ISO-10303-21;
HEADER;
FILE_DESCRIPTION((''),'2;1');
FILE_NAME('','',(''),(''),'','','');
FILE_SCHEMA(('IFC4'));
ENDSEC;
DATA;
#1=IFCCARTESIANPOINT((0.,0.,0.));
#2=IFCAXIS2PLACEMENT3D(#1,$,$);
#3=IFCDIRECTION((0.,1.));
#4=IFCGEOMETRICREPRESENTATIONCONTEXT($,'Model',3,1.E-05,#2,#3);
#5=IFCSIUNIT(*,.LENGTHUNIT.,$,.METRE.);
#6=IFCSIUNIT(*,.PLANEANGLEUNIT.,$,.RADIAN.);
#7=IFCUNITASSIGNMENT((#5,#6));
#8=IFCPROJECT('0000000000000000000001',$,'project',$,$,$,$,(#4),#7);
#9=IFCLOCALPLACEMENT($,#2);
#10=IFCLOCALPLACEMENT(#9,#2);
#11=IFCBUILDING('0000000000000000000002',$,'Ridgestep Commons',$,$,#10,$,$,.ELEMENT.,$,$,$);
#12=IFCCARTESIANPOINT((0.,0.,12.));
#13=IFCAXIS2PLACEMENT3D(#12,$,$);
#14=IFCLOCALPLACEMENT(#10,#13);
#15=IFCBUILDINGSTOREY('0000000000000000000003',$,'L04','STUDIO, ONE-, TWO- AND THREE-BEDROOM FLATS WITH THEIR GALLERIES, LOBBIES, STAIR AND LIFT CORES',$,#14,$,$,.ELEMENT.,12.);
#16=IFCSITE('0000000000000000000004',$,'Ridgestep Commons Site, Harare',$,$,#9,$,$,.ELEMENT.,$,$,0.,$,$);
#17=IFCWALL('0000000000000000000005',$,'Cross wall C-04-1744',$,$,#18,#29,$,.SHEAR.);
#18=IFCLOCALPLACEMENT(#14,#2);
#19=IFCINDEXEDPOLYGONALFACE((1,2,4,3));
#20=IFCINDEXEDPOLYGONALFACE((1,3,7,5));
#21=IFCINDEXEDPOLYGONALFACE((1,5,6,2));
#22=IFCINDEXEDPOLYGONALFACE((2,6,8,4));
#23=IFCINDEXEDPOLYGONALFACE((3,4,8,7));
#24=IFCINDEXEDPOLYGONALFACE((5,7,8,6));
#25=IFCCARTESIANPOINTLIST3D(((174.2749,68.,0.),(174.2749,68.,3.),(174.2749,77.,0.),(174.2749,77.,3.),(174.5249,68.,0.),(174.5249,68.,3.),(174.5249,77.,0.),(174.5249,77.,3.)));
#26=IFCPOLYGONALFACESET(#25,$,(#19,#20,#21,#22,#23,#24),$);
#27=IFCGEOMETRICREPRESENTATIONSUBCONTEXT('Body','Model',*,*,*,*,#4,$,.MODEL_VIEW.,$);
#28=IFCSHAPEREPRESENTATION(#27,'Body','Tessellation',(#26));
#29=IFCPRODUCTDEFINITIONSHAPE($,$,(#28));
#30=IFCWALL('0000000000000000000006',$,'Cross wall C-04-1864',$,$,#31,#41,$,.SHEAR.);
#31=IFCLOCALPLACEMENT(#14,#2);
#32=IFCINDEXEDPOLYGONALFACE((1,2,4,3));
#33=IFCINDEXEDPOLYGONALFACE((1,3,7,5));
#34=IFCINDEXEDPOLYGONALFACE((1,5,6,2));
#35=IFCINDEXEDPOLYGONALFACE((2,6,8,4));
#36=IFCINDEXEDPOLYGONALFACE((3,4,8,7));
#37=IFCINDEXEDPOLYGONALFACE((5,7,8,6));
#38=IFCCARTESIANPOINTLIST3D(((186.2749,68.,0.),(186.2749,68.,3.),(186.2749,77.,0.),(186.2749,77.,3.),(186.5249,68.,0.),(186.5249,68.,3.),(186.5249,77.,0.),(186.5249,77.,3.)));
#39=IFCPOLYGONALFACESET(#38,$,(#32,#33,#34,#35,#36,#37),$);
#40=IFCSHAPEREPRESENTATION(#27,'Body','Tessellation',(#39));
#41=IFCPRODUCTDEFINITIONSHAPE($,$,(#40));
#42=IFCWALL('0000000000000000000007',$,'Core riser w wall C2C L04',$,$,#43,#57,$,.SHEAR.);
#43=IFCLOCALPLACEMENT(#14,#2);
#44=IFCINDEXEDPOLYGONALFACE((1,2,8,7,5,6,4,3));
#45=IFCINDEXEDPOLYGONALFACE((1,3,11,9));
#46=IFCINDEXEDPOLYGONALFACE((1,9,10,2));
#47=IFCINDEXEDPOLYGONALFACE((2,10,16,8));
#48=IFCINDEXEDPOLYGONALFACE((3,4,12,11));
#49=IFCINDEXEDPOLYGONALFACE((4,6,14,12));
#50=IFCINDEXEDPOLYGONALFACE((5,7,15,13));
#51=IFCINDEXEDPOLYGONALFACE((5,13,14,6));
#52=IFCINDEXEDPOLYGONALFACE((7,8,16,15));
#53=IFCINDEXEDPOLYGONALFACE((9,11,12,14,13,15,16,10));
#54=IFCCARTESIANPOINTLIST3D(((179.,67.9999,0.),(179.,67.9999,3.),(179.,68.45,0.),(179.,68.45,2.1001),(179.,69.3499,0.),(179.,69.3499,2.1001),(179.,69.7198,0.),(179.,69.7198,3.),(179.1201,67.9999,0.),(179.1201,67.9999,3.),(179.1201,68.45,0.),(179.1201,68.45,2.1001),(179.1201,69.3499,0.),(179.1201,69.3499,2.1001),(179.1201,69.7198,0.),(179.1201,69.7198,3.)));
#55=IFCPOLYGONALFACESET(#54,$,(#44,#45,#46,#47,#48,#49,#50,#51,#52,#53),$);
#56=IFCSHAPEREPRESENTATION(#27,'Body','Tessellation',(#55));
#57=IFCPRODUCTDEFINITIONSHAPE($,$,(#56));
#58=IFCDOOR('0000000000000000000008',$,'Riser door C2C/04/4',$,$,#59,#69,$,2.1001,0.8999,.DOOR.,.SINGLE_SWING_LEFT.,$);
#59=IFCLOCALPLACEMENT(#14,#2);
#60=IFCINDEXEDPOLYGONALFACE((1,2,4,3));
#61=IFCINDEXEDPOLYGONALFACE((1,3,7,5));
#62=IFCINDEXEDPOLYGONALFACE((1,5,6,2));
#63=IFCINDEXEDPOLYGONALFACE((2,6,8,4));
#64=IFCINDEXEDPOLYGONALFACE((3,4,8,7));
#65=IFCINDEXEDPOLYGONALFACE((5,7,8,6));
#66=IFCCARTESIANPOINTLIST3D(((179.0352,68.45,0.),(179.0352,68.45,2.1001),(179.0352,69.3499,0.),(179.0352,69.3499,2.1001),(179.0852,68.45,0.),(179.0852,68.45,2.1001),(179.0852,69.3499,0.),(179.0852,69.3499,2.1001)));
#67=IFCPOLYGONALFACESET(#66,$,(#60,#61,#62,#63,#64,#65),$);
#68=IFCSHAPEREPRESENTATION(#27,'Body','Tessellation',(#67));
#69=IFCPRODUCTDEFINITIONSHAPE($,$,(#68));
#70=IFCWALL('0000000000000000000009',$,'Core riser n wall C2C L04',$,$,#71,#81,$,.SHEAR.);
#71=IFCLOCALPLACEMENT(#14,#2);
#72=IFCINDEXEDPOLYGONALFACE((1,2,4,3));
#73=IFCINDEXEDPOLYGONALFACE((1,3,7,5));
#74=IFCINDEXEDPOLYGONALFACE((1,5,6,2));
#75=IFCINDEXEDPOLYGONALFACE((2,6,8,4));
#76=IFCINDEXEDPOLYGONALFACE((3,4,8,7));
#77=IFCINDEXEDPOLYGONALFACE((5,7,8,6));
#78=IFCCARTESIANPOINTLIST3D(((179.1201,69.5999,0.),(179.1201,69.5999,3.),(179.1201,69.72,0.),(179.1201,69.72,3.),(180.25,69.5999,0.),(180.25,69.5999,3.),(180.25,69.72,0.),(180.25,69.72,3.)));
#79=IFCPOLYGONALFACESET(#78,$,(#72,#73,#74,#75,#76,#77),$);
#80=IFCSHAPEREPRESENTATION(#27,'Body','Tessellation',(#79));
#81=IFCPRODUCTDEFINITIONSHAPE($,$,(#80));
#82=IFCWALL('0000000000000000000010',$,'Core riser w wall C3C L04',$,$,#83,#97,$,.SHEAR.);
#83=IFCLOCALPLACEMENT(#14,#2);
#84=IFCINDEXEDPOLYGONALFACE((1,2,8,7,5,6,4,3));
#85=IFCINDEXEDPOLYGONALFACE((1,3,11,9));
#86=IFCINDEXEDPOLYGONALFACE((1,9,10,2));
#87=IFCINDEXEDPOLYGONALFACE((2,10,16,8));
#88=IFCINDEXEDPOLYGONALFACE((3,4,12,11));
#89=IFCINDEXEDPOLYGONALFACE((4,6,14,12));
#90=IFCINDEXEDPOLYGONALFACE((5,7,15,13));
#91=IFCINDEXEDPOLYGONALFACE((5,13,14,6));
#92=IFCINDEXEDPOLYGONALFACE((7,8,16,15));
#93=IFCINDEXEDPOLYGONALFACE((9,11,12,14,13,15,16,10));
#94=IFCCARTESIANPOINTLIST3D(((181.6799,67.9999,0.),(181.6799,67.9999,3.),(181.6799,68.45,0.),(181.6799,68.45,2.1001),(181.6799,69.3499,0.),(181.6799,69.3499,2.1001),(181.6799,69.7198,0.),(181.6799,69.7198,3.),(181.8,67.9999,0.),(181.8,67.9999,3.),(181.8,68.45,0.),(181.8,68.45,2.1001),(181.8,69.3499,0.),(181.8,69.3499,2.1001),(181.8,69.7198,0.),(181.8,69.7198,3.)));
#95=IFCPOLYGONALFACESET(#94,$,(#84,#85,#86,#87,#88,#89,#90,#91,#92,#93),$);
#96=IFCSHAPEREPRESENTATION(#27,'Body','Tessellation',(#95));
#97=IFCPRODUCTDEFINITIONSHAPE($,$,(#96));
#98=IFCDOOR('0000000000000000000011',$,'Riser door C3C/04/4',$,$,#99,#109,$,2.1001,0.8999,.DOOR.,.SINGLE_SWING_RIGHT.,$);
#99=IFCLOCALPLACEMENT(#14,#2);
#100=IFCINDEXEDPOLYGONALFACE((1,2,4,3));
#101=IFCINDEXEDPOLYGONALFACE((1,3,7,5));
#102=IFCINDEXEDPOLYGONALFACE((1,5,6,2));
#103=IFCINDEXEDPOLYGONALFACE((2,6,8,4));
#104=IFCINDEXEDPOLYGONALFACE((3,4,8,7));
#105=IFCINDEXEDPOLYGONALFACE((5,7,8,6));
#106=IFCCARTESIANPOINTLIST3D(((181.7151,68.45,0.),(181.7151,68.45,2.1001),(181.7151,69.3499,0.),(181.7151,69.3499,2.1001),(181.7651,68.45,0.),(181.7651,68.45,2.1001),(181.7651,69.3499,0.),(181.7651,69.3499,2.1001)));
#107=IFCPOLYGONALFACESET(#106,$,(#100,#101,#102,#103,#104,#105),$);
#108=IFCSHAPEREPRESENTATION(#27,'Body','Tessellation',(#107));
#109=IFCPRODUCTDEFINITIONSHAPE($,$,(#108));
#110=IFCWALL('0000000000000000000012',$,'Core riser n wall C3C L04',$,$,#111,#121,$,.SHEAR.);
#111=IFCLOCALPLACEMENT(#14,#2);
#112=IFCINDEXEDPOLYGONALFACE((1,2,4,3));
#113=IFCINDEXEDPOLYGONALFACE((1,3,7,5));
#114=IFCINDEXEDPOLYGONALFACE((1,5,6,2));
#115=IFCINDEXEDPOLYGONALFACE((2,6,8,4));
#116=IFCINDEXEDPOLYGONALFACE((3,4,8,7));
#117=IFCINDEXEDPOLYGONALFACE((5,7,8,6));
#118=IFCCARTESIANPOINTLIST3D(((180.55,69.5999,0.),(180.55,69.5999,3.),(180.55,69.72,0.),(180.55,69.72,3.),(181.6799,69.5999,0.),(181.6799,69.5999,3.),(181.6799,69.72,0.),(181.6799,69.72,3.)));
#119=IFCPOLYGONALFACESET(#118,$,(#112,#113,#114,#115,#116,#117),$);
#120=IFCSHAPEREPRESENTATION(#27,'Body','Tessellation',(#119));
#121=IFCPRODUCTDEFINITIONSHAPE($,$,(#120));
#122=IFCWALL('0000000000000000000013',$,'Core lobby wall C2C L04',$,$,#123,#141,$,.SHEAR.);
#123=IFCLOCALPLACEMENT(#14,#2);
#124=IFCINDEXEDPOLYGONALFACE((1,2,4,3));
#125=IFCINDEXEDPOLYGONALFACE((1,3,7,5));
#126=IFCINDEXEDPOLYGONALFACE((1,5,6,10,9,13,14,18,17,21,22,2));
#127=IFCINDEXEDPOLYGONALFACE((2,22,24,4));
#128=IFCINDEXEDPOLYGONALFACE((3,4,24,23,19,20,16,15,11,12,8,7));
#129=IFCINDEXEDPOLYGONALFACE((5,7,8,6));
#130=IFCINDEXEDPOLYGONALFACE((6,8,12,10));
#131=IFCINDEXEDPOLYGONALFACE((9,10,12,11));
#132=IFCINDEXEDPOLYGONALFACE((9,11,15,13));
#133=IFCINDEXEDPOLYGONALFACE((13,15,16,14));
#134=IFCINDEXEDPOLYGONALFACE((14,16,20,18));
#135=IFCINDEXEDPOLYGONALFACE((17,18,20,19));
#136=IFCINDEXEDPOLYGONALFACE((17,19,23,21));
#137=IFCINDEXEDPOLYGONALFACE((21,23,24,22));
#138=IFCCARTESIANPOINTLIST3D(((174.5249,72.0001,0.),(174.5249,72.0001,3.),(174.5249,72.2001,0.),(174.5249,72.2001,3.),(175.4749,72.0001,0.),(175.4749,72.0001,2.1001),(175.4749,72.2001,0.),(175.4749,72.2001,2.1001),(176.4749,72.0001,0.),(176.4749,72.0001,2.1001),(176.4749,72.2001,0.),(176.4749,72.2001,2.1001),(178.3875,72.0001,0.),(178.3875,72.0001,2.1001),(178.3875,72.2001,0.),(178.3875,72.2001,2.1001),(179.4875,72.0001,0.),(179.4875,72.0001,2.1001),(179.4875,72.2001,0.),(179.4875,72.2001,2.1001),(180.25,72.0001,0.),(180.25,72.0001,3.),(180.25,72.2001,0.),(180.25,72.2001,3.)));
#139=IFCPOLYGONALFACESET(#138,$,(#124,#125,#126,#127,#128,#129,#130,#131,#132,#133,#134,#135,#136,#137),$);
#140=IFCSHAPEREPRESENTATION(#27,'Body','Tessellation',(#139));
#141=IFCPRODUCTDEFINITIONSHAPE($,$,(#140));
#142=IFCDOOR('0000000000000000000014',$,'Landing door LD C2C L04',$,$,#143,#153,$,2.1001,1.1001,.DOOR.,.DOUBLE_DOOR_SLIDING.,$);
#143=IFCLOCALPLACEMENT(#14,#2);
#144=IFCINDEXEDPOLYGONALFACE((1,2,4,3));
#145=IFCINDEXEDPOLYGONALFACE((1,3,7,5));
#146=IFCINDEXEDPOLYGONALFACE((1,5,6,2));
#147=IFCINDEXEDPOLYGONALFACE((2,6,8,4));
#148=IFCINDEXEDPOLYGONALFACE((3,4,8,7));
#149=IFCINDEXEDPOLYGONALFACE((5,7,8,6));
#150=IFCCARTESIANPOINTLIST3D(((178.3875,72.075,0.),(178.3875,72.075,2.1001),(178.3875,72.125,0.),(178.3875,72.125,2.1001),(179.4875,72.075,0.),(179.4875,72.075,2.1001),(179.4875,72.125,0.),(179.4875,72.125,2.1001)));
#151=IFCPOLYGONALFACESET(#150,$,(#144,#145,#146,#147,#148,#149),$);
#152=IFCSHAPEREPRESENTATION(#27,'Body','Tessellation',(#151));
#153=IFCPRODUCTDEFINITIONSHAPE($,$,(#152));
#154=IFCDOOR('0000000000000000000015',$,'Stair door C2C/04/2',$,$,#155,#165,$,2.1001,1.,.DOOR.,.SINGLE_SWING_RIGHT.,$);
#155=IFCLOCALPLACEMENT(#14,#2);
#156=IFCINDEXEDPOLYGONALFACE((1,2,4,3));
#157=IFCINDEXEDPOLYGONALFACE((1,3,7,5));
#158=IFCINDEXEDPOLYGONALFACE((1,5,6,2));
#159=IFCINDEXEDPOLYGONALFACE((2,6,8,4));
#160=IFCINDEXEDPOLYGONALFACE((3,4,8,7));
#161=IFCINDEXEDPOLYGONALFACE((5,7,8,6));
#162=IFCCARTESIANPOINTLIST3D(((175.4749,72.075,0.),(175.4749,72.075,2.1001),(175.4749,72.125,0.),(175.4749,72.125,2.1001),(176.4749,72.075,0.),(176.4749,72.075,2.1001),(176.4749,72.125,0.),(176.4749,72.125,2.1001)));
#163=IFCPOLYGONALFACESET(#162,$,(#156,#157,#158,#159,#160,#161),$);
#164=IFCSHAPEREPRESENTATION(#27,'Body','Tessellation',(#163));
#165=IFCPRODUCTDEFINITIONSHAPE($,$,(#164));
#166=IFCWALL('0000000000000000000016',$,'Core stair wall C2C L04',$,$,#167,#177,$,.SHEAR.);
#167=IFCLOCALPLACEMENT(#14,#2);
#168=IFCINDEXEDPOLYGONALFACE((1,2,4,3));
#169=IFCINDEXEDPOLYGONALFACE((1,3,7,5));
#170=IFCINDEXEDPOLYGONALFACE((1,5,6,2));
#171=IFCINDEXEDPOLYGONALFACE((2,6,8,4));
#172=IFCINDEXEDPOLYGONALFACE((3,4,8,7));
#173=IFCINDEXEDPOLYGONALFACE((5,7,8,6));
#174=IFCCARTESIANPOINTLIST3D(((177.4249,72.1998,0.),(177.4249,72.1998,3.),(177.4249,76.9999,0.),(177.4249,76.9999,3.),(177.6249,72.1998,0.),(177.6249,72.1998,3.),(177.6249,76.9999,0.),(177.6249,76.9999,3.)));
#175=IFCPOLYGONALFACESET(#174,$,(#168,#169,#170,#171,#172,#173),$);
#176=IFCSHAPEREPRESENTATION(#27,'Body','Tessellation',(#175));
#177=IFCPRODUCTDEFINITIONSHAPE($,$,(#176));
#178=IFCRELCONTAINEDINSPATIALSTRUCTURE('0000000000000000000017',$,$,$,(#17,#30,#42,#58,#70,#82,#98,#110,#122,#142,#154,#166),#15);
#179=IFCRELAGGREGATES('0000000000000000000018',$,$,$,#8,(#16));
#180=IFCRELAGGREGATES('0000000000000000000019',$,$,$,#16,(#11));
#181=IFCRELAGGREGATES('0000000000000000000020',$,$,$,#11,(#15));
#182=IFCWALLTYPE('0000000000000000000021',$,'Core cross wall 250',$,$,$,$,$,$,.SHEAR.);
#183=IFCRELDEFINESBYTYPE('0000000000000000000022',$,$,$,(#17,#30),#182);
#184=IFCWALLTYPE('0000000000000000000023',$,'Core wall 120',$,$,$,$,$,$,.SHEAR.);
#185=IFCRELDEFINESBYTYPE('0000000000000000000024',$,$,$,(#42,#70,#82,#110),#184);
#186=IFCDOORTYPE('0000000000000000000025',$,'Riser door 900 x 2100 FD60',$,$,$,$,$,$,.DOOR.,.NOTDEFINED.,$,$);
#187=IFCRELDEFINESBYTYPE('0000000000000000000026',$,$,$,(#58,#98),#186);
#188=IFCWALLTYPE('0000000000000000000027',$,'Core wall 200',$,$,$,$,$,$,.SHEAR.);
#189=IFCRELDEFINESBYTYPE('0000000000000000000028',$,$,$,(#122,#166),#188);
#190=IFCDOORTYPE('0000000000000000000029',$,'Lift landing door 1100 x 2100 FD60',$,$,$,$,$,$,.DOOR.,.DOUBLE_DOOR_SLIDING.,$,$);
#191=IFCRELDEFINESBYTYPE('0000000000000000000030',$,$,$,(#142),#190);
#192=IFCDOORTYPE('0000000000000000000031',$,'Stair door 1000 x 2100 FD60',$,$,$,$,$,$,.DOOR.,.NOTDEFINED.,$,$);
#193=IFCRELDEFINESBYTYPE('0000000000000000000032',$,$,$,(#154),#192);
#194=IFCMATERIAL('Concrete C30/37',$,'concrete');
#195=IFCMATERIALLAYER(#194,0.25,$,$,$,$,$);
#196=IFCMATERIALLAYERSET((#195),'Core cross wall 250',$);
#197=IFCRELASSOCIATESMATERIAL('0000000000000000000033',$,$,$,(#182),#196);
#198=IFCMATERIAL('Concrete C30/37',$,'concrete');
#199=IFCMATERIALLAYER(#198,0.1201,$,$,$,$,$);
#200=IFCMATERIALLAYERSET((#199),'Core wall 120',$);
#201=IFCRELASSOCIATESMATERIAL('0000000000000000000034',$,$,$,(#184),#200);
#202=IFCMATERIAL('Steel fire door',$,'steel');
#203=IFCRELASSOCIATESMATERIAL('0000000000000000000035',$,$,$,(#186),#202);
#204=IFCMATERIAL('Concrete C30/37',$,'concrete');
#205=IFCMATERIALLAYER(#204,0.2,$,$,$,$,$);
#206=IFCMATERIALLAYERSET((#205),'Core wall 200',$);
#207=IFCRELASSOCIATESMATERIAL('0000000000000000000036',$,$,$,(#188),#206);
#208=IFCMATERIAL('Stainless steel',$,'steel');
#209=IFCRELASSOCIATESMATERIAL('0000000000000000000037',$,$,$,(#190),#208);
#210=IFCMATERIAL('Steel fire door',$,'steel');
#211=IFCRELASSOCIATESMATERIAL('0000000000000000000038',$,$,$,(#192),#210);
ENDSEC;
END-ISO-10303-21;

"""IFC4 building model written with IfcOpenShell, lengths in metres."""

from ifc_helpers import new_model, si_unit, direction, frame, frame_2d, origin, place, context, subcontext, project, spatial, rectangle, extrude, material, layer, layer_set, type_object, element, fill, save


model = new_model("IFC4")

# Units and contexts
model_context = context("Model", 3, precision=1e-05, world=origin(), true_north=direction((0.0, 1.0)))
body_context = subcontext(model_context, "Body", "Model", "MODEL_VIEW")
ifc_project = project(units=[si_unit("LENGTHUNIT", "METRE"), si_unit("PLANEANGLEUNIT", "RADIAN")], contexts=[model_context])

# Site, building, storey
site_placement = place(None, origin())
site = spatial("IfcSite", under=ifc_project, at=site_placement, Name="Ridgestep Commons Site, Harare", CompositionType="ELEMENT", RefElevation=0.0)
building_placement = place(site_placement, origin())
building = spatial("IfcBuilding", under=site, at=building_placement, Name="Ridgestep Commons", CompositionType="ELEMENT")
storey_placement = place(building_placement, frame((0.0, 0.0, 12.0)))
storey = spatial("IfcBuildingStorey", under=building, at=storey_placement, Name="L04", Description="STUDIO, ONE-, TWO- AND THREE-BEDROOM FLATS WITH THEIR GALLERIES, LOBBIES, STAIR AND LIFT CORES", CompositionType="ELEMENT", Elevation=12.0)

# Walls
ifc_material_1 = material(Name="Concrete C30/37", Category="concrete")
ifc_layer_1 = layer(ifc_material_1, 0.25)
ifc_layer_set_1 = layer_set([ifc_layer_1], Name="Core cross wall 250")
wall_type_1 = type_object("IfcWallType", Name="Core cross wall 250", PredefinedType="SHEAR", material=ifc_layer_set_1)
for number, where, z_axis, x_axis, name in (
    (1, (174.3999, 68.0, 0.0), (0.0, 0.0, 1.0), (0.0, 1.0, 0.0), "Cross wall C-04-1744"),
    (2, (186.3999, 68.0, 0.0), (0.0, 0.0, 1.0), (0.0, 1.0, 0.0), "Cross wall C-04-1864"),
):
    element("IfcWall", number, at=place(storey_placement, frame(where, z_axis=z_axis, x_axis=x_axis)), inside=storey, type_object=wall_type_1, Name=name, PredefinedType="SHEAR", context=body_context, shape_type="SweptSolid", body=[
        extrude(rectangle(XDim=9.0, YDim=0.25, at=frame_2d((4.5, 0.0))), origin(), (0.0, 0.0, 1.0), 3.0),
    ])

# Wall, opening, door
ifc_material_2 = material(Name="Concrete C30/37", Category="concrete")
ifc_layer_2 = layer(ifc_material_2, 0.1201)
ifc_layer_set_2 = layer_set([ifc_layer_2], Name="Core wall 120")
wall_type_2 = type_object("IfcWallType", Name="Core wall 120", PredefinedType="SHEAR", material=ifc_layer_set_2)
wall_1_placement = place(storey_placement, frame((179.0601, 68.0, 0.0), z_axis=(0.0, 0.0, 1.0), x_axis=(0.0, 1.0, 0.0)))
wall_1 = element("IfcWall", 3, at=wall_1_placement, inside=storey, type_object=wall_type_2, Name="Core riser w wall C2C L04", PredefinedType="SHEAR", context=body_context, shape_type="SweptSolid", body=[
    extrude(rectangle(XDim=1.72, YDim=0.1201, at=frame_2d((0.8599, 0.0))), origin(), (0.0, 0.0, 1.0), 3.0),
])
opening_1_placement = place(wall_1_placement, frame((0.45, 0.0, 0.0)))
opening_1 = element("IfcOpeningElement", 4, at=opening_1_placement, cuts=wall_1, PredefinedType="OPENING", context=body_context, shape_type="SweptSolid", body=[
    extrude(rectangle(XDim=0.8999, YDim=2.1001, at=frame_2d((0.45, 1.05))), frame((0.0, 0.0701, 0.0), z_axis=(0.0, -1.0, 0.0), x_axis=(1.0, 0.0, 0.0)), (0.0, 0.0, 1.0), 0.1401),
])
ifc_material_3 = material(Name="Steel fire door", Category="steel")
door_type_1 = type_object("IfcDoorType", Name="Riser door 900 x 2100 FD60", OperationType="NOTDEFINED", PredefinedType="DOOR", material=ifc_material_3)
door_1_placement = place(opening_1_placement, origin())
door_1 = element("IfcDoor", 5, at=door_1_placement, inside=storey, type_object=door_type_1, Name="Riser door C2C/04/4", OperationType="SINGLE_SWING_LEFT", OverallHeight=2.1001, OverallWidth=0.8999, PredefinedType="DOOR", context=body_context, shape_type="SweptSolid", body=[
    extrude(rectangle(XDim=0.8999, YDim=2.1001, at=frame_2d((0.45, 1.05))), frame((0.0, 0.0249, 0.0), z_axis=(0.0, -1.0, 0.0), x_axis=(1.0, 0.0, 0.0)), (0.0, 0.0, 1.0), 0.05),
])
fill(opening_1, door_1)

# Wall
wall_2_placement = place(storey_placement, frame((179.1201, 69.6599, 0.0), z_axis=(0.0, 0.0, 1.0), x_axis=(1.0, 0.0, 0.0)))
element("IfcWall", 6, at=wall_2_placement, inside=storey, type_object=wall_type_2, Name="Core riser n wall C2C L04", PredefinedType="SHEAR", context=body_context, shape_type="SweptSolid", body=[
    extrude(rectangle(XDim=1.1299, YDim=0.1201, at=frame_2d((0.5649, 0.0))), origin(), (0.0, 0.0, 1.0), 3.0),
])

# Wall, opening, door
wall_3_placement = place(storey_placement, frame((181.74, 68.0, 0.0), z_axis=(0.0, 0.0, 1.0), x_axis=(0.0, 1.0, 0.0)))
wall_3 = element("IfcWall", 7, at=wall_3_placement, inside=storey, type_object=wall_type_2, Name="Core riser w wall C3C L04", PredefinedType="SHEAR", context=body_context, shape_type="SweptSolid", body=[
    extrude(rectangle(XDim=1.72, YDim=0.1201, at=frame_2d((0.8599, 0.0))), origin(), (0.0, 0.0, 1.0), 3.0),
])
opening_2_placement = place(wall_3_placement, frame((0.45, 0.0, 0.0)))
opening_2 = element("IfcOpeningElement", 8, at=opening_2_placement, cuts=wall_3, PredefinedType="OPENING", context=body_context, shape_type="SweptSolid", body=[
    extrude(rectangle(XDim=0.8999, YDim=2.1001, at=frame_2d((0.45, 1.05))), frame((0.0, 0.0701, 0.0), z_axis=(0.0, -1.0, 0.0), x_axis=(1.0, 0.0, 0.0)), (0.0, 0.0, 1.0), 0.1401),
])
door_2_placement = place(opening_2_placement, origin())
door_2 = element("IfcDoor", 9, at=door_2_placement, inside=storey, type_object=door_type_1, Name="Riser door C3C/04/4", OperationType="SINGLE_SWING_RIGHT", OverallHeight=2.1001, OverallWidth=0.8999, PredefinedType="DOOR", context=body_context, shape_type="SweptSolid", body=[
    extrude(rectangle(XDim=0.8999, YDim=2.1001, at=frame_2d((0.45, 1.05))), frame((0.0, 0.0249, 0.0), z_axis=(0.0, -1.0, 0.0), x_axis=(1.0, 0.0, 0.0)), (0.0, 0.0, 1.0), 0.05),
])
fill(opening_2, door_2)

# Wall
wall_4_placement = place(storey_placement, frame((180.55, 69.6599, 0.0), z_axis=(0.0, 0.0, 1.0), x_axis=(1.0, 0.0, 0.0)))
element("IfcWall", 10, at=wall_4_placement, inside=storey, type_object=wall_type_2, Name="Core riser n wall C3C L04", PredefinedType="SHEAR", context=body_context, shape_type="SweptSolid", body=[
    extrude(rectangle(XDim=1.1299, YDim=0.1201, at=frame_2d((0.5649, 0.0))), origin(), (0.0, 0.0, 1.0), 3.0),
])

# Wall, openings, doors
ifc_material_4 = material(Name="Concrete C30/37", Category="concrete")
ifc_layer_3 = layer(ifc_material_4, 0.2)
ifc_layer_set_3 = layer_set([ifc_layer_3], Name="Core wall 200")
wall_type_3 = type_object("IfcWallType", Name="Core wall 200", PredefinedType="SHEAR", material=ifc_layer_set_3)
wall_5_placement = place(storey_placement, frame((174.5249, 72.1001, 0.0), z_axis=(0.0, 0.0, 1.0), x_axis=(1.0, 0.0, 0.0)))
wall_5 = element("IfcWall", 11, at=wall_5_placement, inside=storey, type_object=wall_type_3, Name="Core lobby wall C2C L04", PredefinedType="SHEAR", context=body_context, shape_type="SweptSolid", body=[
    extrude(rectangle(XDim=5.7251, YDim=0.2, at=frame_2d((2.8625, 0.0))), origin(), (0.0, 0.0, 1.0), 3.0),
])
opening_3_placement = place(wall_5_placement, frame((0.95, 0.0, 0.0)))
opening_3 = element("IfcOpeningElement", 12, at=opening_3_placement, cuts=wall_5, PredefinedType="OPENING", context=body_context, shape_type="SweptSolid", body=[
    extrude(rectangle(XDim=1.0, YDim=2.1001, at=frame_2d((0.5, 1.05))), frame((0.0, 0.1099, 0.0), z_axis=(0.0, -1.0, 0.0), x_axis=(1.0, 0.0, 0.0)), (0.0, 0.0, 1.0), 0.22),
])
opening_4_placement = place(wall_5_placement, frame((3.8625, 0.0, 0.0)))
opening_4 = element("IfcOpeningElement", 13, at=opening_4_placement, cuts=wall_5, PredefinedType="OPENING", context=body_context, shape_type="SweptSolid", body=[
    extrude(rectangle(XDim=1.1001, YDim=2.1001, at=frame_2d((0.55, 1.05))), frame((0.0, 0.1099, 0.0), z_axis=(0.0, -1.0, 0.0), x_axis=(1.0, 0.0, 0.0)), (0.0, 0.0, 1.0), 0.22),
])
ifc_material_5 = material(Name="Stainless steel", Category="steel")
door_type_2 = type_object("IfcDoorType", Name="Lift landing door 1100 x 2100 FD60", OperationType="DOUBLE_DOOR_SLIDING", PredefinedType="DOOR", material=ifc_material_5)
door_3_placement = place(opening_4_placement, origin())
door_3 = element("IfcDoor", 14, at=door_3_placement, inside=storey, type_object=door_type_2, Name="Landing door LD C2C L04", OperationType="DOUBLE_DOOR_SLIDING", OverallHeight=2.1001, OverallWidth=1.1001, PredefinedType="DOOR", context=body_context, shape_type="SweptSolid", body=[
    extrude(rectangle(XDim=1.1001, YDim=2.1001, at=frame_2d((0.55, 1.05))), frame((0.0, 0.0249, 0.0), z_axis=(0.0, -1.0, 0.0), x_axis=(1.0, 0.0, 0.0)), (0.0, 0.0, 1.0), 0.05),
])
fill(opening_4, door_3)
ifc_material_6 = material(Name="Steel fire door", Category="steel")
door_type_3 = type_object("IfcDoorType", Name="Stair door 1000 x 2100 FD60", OperationType="NOTDEFINED", PredefinedType="DOOR", material=ifc_material_6)
door_4_placement = place(opening_3_placement, origin())
door_4 = element("IfcDoor", 15, at=door_4_placement, inside=storey, type_object=door_type_3, Name="Stair door C2C/04/2", OperationType="SINGLE_SWING_RIGHT", OverallHeight=2.1001, OverallWidth=1.0, PredefinedType="DOOR", context=body_context, shape_type="SweptSolid", body=[
    extrude(rectangle(XDim=1.0, YDim=2.1001, at=frame_2d((0.5, 1.05))), frame((0.0, 0.0249, 0.0), z_axis=(0.0, -1.0, 0.0), x_axis=(1.0, 0.0, 0.0)), (0.0, 0.0, 1.0), 0.05),
])
fill(opening_3, door_4)

# Wall
wall_6_placement = place(storey_placement, frame((177.5249, 72.2, 0.0), z_axis=(0.0, 0.0, 1.0), x_axis=(0.0, 1.0, 0.0)))
element("IfcWall", 16, at=wall_6_placement, inside=storey, type_object=wall_type_3, Name="Core stair wall C2C L04", PredefinedType="SHEAR", context=body_context, shape_type="SweptSolid", body=[
    extrude(rectangle(XDim=4.8, YDim=0.2, at=frame_2d((2.3999, 0.0))), origin(), (0.0, 0.0, 1.0), 3.0),
])

save(model, "model.ifc")
